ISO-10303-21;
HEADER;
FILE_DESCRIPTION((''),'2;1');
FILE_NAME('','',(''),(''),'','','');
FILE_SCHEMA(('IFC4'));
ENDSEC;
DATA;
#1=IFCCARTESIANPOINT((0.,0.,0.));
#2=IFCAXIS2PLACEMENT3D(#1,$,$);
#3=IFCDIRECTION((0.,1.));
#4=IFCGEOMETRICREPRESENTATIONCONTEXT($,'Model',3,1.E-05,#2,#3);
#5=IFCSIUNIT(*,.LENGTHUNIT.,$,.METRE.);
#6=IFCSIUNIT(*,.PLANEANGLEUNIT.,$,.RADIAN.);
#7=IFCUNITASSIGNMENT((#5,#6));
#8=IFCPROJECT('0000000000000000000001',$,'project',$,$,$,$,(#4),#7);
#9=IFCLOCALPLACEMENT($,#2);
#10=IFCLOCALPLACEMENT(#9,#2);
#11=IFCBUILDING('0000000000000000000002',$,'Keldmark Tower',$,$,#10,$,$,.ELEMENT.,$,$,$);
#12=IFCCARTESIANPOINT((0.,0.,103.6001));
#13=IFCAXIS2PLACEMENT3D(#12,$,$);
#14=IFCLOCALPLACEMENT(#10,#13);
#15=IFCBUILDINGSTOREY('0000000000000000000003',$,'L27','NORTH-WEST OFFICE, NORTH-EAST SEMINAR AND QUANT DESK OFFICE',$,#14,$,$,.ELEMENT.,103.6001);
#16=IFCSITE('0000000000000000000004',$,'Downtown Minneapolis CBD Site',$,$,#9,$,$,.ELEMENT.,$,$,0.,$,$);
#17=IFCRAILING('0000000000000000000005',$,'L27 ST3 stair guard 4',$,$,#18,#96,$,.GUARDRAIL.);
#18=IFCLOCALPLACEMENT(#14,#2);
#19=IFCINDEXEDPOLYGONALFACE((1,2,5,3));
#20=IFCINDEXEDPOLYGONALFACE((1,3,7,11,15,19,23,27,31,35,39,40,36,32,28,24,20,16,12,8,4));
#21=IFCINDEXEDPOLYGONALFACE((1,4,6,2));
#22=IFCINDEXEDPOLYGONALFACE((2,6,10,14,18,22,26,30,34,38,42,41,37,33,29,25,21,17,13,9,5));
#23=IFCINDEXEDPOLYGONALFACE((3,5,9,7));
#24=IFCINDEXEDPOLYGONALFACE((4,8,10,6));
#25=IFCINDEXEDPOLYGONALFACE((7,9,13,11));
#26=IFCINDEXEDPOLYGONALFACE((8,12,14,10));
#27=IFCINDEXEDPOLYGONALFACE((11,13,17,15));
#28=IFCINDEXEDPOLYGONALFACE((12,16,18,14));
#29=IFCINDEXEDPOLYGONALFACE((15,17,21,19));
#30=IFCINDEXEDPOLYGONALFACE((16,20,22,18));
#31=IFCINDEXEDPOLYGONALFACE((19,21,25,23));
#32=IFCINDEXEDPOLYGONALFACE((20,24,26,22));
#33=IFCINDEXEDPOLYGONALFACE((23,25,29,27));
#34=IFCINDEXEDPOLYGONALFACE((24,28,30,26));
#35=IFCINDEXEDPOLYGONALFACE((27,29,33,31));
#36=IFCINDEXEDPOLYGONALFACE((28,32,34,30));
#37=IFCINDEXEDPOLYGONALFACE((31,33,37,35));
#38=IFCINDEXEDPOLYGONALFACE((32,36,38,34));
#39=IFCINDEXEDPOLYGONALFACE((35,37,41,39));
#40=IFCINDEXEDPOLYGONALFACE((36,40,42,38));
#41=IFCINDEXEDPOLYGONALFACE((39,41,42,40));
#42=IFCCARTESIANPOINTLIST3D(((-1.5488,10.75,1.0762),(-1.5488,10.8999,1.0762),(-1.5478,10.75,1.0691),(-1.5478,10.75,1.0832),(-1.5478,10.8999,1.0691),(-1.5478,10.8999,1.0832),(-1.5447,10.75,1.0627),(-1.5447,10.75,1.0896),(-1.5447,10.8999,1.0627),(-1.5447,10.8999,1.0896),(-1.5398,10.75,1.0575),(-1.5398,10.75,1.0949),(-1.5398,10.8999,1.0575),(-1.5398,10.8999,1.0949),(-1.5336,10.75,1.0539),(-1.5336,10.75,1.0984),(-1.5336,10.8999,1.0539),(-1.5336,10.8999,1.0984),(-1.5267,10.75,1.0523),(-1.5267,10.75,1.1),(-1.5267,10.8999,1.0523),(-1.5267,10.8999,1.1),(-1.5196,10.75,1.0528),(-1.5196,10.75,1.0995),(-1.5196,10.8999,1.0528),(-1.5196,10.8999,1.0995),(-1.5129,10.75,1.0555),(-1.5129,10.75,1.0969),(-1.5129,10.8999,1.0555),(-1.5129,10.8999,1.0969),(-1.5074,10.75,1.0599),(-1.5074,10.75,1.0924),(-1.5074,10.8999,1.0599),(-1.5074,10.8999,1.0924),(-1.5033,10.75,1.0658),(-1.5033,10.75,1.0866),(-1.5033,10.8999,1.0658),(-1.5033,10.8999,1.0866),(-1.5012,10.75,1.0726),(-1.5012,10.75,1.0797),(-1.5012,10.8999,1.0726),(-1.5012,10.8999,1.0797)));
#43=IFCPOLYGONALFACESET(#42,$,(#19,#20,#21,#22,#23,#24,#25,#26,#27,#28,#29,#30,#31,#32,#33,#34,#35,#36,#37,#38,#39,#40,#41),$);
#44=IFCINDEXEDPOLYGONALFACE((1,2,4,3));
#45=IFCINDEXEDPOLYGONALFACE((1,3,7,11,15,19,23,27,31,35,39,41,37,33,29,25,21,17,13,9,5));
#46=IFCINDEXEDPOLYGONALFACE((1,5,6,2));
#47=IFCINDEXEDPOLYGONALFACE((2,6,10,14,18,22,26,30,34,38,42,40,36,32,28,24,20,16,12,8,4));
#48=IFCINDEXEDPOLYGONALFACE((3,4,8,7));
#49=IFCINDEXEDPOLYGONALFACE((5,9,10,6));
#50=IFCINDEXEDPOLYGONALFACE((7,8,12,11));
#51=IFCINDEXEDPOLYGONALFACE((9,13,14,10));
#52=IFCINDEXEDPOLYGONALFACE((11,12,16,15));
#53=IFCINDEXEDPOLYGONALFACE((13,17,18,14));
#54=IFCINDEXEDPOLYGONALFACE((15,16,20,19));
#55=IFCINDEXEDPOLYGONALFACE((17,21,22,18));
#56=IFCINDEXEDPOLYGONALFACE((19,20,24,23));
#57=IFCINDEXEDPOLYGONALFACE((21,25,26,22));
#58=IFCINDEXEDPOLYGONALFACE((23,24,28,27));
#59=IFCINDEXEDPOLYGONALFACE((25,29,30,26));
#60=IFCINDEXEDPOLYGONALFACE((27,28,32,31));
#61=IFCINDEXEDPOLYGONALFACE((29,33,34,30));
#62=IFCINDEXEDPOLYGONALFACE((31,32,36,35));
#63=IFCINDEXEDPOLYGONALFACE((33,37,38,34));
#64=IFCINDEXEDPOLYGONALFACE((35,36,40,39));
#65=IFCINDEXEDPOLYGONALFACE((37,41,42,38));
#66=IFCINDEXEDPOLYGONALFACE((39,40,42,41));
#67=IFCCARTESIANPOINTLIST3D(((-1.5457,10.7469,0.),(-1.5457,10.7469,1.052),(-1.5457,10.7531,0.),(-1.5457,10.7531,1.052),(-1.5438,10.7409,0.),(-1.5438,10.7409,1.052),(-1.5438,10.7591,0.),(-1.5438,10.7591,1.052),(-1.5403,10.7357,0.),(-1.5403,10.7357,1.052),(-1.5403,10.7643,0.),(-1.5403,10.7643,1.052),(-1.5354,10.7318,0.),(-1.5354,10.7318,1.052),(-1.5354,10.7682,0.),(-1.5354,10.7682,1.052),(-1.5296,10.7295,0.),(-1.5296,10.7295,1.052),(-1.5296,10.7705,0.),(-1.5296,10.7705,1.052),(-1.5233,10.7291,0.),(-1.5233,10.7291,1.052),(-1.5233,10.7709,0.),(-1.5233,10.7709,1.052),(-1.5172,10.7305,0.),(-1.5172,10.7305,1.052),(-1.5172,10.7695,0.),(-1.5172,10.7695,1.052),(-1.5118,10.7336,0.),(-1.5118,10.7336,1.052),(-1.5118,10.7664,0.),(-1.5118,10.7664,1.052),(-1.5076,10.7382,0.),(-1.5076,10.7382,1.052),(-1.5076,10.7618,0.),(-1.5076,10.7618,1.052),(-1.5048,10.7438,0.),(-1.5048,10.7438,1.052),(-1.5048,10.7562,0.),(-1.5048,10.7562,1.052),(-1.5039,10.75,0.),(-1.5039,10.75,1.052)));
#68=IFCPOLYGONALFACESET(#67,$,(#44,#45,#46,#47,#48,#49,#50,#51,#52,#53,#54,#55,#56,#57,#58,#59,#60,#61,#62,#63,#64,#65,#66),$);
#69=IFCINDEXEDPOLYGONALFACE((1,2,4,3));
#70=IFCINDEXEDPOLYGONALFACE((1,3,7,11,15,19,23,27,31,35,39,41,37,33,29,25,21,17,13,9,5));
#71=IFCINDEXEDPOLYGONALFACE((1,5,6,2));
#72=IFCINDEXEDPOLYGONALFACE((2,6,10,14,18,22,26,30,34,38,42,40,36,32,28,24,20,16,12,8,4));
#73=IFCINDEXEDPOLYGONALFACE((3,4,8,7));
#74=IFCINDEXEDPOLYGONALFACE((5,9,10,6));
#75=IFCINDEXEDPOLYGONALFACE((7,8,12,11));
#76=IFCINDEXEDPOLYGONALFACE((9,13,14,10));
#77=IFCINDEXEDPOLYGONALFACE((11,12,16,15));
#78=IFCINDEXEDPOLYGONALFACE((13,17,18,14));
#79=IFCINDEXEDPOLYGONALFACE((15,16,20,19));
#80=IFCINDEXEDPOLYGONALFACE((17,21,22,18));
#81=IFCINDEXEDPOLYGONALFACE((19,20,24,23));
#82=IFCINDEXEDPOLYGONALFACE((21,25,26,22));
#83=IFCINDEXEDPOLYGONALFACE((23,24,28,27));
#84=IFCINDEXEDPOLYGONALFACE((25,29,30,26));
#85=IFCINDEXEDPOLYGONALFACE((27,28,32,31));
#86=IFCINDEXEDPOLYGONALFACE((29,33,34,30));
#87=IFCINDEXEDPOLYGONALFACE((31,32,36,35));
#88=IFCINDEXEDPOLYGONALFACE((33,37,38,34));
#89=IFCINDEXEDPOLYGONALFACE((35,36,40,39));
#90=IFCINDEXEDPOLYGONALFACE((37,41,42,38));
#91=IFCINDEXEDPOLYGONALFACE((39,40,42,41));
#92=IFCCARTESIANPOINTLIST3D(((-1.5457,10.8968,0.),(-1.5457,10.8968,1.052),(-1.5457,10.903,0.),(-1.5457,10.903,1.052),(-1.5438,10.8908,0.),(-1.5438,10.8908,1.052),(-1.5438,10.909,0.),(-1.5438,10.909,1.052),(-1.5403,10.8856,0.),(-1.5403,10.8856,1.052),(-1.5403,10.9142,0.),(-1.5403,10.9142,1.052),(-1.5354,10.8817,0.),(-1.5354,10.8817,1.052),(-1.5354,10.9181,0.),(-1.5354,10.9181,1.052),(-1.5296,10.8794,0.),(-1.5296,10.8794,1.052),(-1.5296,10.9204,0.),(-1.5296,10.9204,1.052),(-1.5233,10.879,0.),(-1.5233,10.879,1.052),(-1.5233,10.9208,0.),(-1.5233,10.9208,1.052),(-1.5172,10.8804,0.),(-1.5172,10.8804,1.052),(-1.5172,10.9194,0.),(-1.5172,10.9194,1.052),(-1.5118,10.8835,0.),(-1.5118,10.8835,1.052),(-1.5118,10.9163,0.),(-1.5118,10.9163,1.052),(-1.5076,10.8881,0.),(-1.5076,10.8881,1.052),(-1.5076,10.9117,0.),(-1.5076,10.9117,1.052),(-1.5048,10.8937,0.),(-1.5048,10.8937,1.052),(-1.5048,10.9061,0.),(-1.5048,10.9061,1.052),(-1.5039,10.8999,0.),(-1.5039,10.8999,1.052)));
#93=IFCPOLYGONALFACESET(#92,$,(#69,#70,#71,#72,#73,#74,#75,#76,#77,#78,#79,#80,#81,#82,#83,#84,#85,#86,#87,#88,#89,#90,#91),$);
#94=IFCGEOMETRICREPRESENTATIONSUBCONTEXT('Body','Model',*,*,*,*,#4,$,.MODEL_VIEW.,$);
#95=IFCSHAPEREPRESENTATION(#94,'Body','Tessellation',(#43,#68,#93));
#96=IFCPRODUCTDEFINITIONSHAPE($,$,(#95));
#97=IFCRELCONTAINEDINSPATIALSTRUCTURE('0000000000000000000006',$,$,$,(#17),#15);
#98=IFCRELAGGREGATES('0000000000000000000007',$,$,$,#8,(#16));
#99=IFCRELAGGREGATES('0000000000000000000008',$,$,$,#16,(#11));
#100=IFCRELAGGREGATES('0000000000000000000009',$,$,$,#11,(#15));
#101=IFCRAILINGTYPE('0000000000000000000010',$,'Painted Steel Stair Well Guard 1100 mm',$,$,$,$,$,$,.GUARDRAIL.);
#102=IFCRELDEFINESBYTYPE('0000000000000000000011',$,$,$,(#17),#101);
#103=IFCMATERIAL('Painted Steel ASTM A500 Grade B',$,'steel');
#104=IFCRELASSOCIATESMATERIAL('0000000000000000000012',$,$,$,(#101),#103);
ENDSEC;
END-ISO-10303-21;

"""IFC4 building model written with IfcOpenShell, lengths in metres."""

from ifc_helpers import new_model, si_unit, direction, frame, origin, origin_2d, place, context, subcontext, project, spatial, circle, extrude, material, type_object, element, save


model = new_model("IFC4")

# Units and contexts
model_context = context("Model", 3, precision=1e-05, world=origin(), true_north=direction((0.0, 1.0)))
body_context = subcontext(model_context, "Body", "Model", "MODEL_VIEW")
ifc_project = project(units=[si_unit("LENGTHUNIT", "METRE"), si_unit("PLANEANGLEUNIT", "RADIAN")], contexts=[model_context])

# Site, building, storey
site_placement = place(None, origin())
site = spatial("IfcSite", under=ifc_project, at=site_placement, Name="Downtown Minneapolis CBD Site", CompositionType="ELEMENT", RefElevation=0.0)
building_placement = place(site_placement, origin())
building = spatial("IfcBuilding", under=site, at=building_placement, Name="Keldmark Tower", CompositionType="ELEMENT")
storey_placement = place(building_placement, frame((0.0, 0.0, 103.6001)))
storey = spatial("IfcBuildingStorey", under=building, at=storey_placement, Name="L27", Description="NORTH-WEST OFFICE, NORTH-EAST SEMINAR AND QUANT DESK OFFICE", CompositionType="ELEMENT", Elevation=103.6001)

# Railing
ifc_material_1 = material(Name="Painted Steel ASTM A500 Grade B", Category="steel")
railing_type_1 = type_object("IfcRailingType", Name="Painted Steel Stair Well Guard 1100 mm", PredefinedType="GUARDRAIL", material=ifc_material_1)
railing_1_placement = place(storey_placement, frame((-1.5249, 10.75, 0.0)))
element("IfcRailing", 1, at=railing_1_placement, inside=storey, type_object=railing_type_1, Name="L27 ST3 stair guard 4", PredefinedType="GUARDRAIL", context=body_context, shape_type="SweptSolid", body=[
    extrude(circle(Radius=0.0239, at=origin_2d()), frame((0.0, 0.0, 1.0762), z_axis=(0.0, 1.0, 0.0), x_axis=(-1.0, 0.0, 0.0)), (0.0, 0.0, 1.0), 0.1499),
    extrude(circle(Radius=0.021, at=origin_2d()), origin(), (0.0, 0.0, 1.0), 1.052),
    extrude(circle(Radius=0.021, at=origin_2d()), frame((0.0, 0.1499, 0.0)), (0.0, 0.0, 1.0), 1.052),
])

save(model, "model.ifc")
